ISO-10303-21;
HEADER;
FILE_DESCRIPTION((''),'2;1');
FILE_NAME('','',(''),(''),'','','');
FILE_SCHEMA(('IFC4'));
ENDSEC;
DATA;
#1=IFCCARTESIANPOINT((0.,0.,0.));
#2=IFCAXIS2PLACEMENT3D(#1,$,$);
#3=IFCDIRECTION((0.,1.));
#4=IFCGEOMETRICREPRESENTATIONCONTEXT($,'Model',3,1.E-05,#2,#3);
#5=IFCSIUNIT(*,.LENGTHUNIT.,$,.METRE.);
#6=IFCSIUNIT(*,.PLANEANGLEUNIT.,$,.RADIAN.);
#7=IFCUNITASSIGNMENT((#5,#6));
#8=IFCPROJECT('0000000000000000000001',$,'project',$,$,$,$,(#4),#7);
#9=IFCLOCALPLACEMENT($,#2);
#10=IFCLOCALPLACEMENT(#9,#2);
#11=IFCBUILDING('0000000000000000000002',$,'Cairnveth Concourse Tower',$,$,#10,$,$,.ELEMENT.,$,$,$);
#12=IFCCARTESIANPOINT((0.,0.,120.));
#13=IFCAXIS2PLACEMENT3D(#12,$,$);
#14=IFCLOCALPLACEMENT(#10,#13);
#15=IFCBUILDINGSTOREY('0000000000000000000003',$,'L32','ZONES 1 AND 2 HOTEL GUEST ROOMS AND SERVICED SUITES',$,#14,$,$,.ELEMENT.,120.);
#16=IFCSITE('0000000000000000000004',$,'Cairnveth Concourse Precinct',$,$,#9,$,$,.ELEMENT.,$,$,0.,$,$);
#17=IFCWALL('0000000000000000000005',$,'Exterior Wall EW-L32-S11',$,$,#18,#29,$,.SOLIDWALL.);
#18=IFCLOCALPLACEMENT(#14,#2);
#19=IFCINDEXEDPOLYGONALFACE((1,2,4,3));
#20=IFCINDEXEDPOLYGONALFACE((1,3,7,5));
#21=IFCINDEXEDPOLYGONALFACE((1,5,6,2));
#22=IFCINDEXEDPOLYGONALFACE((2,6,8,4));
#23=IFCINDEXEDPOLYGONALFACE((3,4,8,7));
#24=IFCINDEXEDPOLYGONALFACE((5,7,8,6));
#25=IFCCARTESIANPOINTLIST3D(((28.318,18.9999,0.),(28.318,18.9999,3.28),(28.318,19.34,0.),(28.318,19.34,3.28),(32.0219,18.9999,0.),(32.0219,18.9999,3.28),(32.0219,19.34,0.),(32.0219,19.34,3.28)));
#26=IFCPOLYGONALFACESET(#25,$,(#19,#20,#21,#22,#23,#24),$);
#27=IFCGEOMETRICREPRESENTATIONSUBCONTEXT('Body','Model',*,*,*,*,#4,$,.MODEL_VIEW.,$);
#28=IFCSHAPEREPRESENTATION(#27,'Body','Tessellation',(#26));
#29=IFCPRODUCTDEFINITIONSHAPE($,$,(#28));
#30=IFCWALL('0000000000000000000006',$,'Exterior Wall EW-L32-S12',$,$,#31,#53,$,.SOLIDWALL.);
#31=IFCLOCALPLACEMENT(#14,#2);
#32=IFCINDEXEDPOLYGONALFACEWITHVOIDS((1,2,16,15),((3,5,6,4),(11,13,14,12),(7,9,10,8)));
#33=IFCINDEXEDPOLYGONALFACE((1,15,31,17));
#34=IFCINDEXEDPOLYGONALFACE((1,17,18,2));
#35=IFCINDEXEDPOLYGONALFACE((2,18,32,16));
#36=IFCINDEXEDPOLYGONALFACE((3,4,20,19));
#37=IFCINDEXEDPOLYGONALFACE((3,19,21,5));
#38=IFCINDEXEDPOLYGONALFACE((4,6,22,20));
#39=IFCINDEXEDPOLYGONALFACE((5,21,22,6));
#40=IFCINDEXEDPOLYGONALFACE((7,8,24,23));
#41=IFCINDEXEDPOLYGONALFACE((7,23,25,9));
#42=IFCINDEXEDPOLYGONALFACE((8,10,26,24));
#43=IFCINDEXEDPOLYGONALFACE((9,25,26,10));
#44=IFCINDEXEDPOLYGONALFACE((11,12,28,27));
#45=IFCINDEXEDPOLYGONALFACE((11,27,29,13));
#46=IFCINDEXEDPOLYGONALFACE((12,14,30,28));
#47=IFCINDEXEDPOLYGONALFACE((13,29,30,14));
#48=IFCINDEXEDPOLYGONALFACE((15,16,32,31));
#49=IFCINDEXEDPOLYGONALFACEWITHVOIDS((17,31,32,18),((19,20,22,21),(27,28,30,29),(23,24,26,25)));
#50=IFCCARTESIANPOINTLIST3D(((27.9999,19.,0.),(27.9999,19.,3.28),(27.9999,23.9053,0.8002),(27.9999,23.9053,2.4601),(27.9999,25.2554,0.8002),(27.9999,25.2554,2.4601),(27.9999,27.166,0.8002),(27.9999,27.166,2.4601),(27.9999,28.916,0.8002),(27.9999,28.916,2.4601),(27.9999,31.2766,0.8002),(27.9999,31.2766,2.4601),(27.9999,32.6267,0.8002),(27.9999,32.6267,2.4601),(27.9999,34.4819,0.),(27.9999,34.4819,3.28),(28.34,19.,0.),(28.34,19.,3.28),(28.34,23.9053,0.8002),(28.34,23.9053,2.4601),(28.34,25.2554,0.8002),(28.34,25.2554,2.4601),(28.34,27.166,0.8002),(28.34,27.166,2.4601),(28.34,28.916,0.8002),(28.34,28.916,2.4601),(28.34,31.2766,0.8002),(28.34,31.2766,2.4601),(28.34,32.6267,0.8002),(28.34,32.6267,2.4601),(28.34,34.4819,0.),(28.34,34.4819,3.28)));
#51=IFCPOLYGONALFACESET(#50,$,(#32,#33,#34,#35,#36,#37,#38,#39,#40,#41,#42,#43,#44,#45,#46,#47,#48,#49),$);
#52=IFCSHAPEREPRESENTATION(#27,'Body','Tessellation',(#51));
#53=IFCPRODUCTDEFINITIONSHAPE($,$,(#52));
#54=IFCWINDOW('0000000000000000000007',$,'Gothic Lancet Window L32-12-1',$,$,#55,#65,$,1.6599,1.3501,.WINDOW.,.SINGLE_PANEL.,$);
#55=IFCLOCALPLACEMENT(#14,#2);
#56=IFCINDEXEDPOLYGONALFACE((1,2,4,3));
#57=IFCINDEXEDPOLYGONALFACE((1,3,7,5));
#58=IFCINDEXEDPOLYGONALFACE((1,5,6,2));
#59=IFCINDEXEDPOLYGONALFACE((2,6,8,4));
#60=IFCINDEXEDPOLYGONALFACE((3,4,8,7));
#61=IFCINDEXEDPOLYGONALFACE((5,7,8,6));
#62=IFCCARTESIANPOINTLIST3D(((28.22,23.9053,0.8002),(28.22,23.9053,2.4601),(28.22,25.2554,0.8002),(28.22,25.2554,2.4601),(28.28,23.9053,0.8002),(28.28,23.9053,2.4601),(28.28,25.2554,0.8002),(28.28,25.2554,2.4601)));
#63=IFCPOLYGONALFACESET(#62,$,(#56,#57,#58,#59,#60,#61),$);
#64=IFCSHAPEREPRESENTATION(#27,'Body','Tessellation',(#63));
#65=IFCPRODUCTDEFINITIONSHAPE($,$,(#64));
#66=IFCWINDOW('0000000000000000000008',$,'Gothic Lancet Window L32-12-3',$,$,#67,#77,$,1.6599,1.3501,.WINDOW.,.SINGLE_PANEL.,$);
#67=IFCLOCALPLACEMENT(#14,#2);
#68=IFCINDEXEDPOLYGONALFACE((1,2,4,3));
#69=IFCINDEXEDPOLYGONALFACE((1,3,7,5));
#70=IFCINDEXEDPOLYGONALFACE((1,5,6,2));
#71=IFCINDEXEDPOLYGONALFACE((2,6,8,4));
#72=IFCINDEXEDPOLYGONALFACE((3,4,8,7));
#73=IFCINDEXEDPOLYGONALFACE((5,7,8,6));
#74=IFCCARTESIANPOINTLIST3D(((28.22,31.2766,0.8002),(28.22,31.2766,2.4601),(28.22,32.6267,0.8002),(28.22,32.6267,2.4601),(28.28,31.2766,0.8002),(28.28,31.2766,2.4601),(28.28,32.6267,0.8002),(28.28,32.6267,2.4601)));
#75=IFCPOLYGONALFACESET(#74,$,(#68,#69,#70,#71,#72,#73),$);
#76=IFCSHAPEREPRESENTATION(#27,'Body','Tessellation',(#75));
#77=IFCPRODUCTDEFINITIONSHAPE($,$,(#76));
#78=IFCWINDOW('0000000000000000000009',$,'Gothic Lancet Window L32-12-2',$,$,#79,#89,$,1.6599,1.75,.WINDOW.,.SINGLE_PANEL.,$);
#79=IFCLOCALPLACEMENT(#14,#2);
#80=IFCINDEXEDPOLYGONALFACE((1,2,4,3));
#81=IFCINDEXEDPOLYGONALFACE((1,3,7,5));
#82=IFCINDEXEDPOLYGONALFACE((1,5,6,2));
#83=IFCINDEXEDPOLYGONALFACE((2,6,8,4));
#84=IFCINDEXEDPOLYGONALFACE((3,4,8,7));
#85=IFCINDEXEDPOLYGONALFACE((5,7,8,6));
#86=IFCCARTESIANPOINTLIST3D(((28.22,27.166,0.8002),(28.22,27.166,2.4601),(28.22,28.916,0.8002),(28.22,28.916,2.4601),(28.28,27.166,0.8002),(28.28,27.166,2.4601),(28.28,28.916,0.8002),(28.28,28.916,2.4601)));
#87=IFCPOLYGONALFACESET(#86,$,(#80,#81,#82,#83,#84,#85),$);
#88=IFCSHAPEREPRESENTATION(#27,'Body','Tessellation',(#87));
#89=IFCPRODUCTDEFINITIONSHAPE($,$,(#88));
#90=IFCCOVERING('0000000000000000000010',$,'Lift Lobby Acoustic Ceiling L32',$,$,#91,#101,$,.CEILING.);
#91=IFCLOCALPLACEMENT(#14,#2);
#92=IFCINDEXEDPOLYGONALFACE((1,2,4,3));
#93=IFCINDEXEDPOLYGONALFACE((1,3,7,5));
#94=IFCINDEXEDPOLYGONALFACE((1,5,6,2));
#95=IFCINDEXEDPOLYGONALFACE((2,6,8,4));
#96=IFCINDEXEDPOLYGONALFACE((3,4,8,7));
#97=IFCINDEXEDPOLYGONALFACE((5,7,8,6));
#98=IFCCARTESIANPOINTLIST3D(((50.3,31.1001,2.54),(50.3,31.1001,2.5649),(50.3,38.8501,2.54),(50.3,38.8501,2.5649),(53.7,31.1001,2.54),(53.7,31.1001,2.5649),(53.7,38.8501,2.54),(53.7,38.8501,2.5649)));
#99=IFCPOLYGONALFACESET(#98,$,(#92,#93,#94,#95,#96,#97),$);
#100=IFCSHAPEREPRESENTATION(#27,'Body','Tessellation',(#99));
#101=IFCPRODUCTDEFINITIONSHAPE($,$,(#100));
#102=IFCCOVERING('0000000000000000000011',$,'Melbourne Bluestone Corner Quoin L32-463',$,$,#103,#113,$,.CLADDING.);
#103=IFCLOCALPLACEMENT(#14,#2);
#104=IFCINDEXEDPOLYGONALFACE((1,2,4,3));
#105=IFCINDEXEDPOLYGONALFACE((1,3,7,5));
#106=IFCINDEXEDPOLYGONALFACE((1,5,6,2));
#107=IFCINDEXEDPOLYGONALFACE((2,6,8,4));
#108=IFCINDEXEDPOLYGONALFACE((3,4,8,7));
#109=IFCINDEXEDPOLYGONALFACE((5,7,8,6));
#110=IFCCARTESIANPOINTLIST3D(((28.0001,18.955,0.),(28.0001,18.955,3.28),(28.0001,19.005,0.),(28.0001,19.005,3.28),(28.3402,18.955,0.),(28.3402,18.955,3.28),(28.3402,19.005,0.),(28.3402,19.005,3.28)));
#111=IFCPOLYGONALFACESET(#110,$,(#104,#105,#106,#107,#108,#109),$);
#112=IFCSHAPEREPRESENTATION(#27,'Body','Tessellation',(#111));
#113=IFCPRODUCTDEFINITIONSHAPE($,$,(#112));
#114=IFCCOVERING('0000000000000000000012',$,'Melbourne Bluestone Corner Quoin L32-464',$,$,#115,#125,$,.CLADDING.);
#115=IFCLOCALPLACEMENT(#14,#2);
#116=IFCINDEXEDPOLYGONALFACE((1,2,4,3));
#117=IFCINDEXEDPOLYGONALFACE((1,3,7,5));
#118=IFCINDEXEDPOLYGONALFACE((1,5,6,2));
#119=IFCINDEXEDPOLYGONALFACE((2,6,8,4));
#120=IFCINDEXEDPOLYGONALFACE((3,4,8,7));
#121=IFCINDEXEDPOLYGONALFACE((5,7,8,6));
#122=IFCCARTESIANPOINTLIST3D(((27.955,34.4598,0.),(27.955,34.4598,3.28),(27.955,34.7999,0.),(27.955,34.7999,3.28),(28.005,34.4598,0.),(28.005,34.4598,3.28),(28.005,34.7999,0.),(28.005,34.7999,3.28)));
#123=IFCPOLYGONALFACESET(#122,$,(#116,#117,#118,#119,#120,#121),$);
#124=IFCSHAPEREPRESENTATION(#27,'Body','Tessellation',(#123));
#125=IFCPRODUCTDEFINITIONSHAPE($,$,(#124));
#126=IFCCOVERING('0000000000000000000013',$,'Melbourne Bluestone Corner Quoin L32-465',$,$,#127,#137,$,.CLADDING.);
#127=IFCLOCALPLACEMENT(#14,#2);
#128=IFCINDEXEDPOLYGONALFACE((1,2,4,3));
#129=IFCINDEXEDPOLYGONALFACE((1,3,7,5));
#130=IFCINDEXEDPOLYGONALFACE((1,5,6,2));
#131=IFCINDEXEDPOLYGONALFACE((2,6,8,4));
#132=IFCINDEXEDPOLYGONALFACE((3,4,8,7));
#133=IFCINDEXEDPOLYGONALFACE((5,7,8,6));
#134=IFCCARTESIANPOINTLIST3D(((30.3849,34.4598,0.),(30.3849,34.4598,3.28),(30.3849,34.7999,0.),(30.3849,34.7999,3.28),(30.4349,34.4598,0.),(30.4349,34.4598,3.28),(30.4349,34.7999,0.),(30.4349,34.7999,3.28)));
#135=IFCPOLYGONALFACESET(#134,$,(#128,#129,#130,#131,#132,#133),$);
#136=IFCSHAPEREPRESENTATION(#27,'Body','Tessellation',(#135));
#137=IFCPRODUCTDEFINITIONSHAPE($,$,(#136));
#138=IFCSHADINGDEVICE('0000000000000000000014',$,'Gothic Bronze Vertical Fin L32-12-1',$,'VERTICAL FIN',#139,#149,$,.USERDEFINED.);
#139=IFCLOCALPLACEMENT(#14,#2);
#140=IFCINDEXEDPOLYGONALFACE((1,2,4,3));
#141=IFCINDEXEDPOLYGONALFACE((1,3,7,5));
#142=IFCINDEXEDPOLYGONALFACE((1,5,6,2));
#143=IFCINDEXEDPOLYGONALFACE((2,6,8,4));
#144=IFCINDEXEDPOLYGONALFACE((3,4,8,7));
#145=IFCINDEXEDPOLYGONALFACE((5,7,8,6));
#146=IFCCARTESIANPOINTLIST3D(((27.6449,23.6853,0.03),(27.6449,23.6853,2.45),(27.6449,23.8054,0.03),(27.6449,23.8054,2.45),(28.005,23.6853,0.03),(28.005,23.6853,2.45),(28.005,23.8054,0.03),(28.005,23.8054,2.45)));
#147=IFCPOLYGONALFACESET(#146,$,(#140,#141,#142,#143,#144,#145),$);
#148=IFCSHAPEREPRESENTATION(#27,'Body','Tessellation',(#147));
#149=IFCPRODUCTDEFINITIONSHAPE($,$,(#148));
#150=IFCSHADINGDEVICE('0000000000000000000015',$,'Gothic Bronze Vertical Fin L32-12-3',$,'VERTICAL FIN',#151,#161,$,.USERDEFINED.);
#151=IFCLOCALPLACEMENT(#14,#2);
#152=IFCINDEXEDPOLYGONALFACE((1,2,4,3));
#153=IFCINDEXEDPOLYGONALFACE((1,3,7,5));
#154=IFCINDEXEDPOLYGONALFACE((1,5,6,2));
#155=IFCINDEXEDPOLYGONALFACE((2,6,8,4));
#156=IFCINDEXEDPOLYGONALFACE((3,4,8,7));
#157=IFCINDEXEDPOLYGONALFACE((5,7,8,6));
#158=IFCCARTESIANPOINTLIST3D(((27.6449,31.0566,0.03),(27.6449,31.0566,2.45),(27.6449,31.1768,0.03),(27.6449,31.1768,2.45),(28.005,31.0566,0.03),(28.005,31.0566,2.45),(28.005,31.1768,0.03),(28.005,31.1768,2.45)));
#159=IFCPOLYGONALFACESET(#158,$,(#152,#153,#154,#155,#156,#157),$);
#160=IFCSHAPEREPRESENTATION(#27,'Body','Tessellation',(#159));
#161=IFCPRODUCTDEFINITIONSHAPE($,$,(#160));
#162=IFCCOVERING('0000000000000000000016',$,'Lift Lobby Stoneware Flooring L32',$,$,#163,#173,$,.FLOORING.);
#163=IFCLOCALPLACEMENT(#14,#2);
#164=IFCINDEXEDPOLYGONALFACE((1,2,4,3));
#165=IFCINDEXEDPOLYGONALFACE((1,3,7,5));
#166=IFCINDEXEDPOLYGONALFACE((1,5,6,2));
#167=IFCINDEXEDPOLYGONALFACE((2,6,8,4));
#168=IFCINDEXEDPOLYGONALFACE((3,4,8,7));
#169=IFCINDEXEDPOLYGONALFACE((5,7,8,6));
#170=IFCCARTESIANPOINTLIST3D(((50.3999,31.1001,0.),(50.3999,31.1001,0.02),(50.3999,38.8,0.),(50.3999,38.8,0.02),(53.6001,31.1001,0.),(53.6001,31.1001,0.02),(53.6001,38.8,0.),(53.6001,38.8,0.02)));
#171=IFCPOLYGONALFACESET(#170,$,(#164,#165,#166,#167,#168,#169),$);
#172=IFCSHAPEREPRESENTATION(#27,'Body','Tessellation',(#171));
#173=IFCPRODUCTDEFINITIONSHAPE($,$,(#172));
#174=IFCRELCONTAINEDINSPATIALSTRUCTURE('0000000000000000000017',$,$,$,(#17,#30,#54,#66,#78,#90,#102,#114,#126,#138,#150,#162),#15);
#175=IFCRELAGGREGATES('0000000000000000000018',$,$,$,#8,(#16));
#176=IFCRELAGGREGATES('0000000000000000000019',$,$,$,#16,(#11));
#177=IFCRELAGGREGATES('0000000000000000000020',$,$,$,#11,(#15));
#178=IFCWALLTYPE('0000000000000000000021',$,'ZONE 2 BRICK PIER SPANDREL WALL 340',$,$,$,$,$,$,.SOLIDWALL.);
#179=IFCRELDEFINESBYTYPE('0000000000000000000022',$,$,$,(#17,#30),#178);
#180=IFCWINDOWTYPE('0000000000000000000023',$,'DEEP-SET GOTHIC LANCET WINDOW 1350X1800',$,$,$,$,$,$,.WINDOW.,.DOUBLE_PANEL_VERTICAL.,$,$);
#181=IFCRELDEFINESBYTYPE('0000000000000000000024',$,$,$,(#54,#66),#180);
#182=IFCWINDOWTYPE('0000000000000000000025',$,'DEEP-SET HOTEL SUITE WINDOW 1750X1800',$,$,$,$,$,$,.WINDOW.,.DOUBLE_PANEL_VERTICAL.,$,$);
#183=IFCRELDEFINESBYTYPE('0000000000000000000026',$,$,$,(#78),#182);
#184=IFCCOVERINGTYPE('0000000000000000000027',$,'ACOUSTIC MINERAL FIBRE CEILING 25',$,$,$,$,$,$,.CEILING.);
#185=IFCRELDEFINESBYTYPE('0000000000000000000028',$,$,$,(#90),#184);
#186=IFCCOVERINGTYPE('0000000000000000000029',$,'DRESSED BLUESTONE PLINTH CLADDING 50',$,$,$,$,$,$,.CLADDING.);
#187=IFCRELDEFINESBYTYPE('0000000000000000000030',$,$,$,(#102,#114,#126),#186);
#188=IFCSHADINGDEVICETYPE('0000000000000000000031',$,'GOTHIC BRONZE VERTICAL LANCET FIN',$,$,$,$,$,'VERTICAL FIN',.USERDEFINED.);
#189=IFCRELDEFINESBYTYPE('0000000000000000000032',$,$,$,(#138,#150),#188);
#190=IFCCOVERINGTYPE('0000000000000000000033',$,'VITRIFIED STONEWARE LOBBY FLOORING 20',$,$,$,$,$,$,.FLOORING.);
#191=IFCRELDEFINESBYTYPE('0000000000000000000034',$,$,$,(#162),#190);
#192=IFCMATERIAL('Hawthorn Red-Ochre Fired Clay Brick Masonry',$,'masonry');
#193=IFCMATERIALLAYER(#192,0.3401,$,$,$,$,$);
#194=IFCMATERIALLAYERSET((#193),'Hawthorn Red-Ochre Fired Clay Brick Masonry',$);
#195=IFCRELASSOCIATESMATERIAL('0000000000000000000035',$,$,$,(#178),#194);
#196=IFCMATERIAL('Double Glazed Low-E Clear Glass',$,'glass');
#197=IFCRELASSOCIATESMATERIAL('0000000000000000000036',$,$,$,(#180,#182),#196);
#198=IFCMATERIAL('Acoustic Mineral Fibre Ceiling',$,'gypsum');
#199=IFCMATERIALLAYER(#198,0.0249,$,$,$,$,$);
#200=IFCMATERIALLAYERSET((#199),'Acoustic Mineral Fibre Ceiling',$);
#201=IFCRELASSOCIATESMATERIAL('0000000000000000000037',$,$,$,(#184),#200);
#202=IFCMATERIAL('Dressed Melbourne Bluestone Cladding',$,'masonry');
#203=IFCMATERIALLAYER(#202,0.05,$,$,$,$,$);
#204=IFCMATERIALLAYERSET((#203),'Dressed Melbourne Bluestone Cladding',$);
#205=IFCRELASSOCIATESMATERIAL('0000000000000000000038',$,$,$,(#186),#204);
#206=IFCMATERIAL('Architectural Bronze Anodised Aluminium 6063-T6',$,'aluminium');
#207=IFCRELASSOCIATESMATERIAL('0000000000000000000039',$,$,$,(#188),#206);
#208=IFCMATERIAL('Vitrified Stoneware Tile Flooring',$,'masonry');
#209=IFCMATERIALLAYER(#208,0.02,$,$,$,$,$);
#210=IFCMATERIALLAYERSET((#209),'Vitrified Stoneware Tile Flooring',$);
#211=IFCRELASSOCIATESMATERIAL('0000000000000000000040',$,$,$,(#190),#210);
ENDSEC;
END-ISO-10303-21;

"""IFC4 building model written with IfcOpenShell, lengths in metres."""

from ifc_helpers import new_model, si_unit, direction, frame, frame_2d, origin, origin_2d, place, context, subcontext, project, spatial, polyline, rectangle, outline, extrude, material, layer, layer_set, type_object, element, fill, save


model = new_model("IFC4")

# Units and contexts
model_context = context("Model", 3, precision=1e-05, world=origin(), true_north=direction((0.0, 1.0)))
body_context = subcontext(model_context, "Body", "Model", "MODEL_VIEW")
ifc_project = project(units=[si_unit("LENGTHUNIT", "METRE"), si_unit("PLANEANGLEUNIT", "RADIAN")], contexts=[model_context])

# Site, building, storey
site_placement = place(None, origin())
site = spatial("IfcSite", under=ifc_project, at=site_placement, Name="Cairnveth Concourse Precinct", CompositionType="ELEMENT", RefElevation=0.0)
building_placement = place(site_placement, origin())
building = spatial("IfcBuilding", under=site, at=building_placement, Name="Cairnveth Concourse Tower", CompositionType="ELEMENT")
storey_placement = place(building_placement, frame((0.0, 0.0, 120.0)))
storey = spatial("IfcBuildingStorey", under=building, at=storey_placement, Name="L32", Description="ZONES 1 AND 2 HOTEL GUEST ROOMS AND SERVICED SUITES", CompositionType="ELEMENT", Elevation=120.0)

# Wall
ifc_material_1 = material(Name="Hawthorn Red-Ochre Fired Clay Brick Masonry", Category="masonry")
ifc_layer_1 = layer(ifc_material_1, 0.3401)
ifc_layer_set_1 = layer_set([ifc_layer_1], Name="Hawthorn Red-Ochre Fired Clay Brick Masonry")
wall_type_1 = type_object("IfcWallType", Name="ZONE 2 BRICK PIER SPANDREL WALL 340", PredefinedType="SOLIDWALL", material=ifc_layer_set_1)
wall_1_placement = place(storey_placement, frame((32.022, 19.1699, 0.0), z_axis=(0.0, 0.0, 1.0), x_axis=(-1.0, 0.0, 0.0)))
element("IfcWall", 1, at=wall_1_placement, inside=storey, type_object=wall_type_1, Name="Exterior Wall EW-L32-S11", PredefinedType="SOLIDWALL", context=body_context, shape_type="SweptSolid", body=[
    extrude(rectangle(XDim=3.7039, YDim=0.3401, at=frame_2d((1.8521, 0.0))), origin(), (0.0, 0.0, 1.0), 3.28),
])

# Wall, openings, windows
wall_2_placement = place(storey_placement, frame((28.1699, 19.0, 0.0), z_axis=(0.0, 0.0, 1.0), x_axis=(0.0, 1.0, 0.0)))
wall_2 = element("IfcWall", 2, at=wall_2_placement, inside=storey, type_object=wall_type_1, Name="Exterior Wall EW-L32-S12", PredefinedType="SOLIDWALL", context=body_context, shape_type="SweptSolid", body=[
    extrude(rectangle(XDim=15.4819, YDim=0.3401, at=frame_2d((7.741, 0.0))), origin(), (0.0, 0.0, 1.0), 3.28),
])
opening_1_placement = place(wall_2_placement, frame((4.9053, 0.0, 0.8)))
opening_1 = element("IfcOpeningElement", 3, at=opening_1_placement, cuts=wall_2, PredefinedType="OPENING", context=body_context, shape_type="SweptSolid", body=[
    extrude(rectangle(XDim=1.3501, YDim=1.6599, at=frame_2d((0.675, 0.8301))), frame((0.0, 0.1799, 0.0), z_axis=(0.0, -1.0, 0.0), x_axis=(1.0, 0.0, 0.0)), (0.0, 0.0, 1.0), 0.3601),
])
opening_2_placement = place(wall_2_placement, frame((8.166, 0.0, 0.8)))
opening_2 = element("IfcOpeningElement", 4, at=opening_2_placement, cuts=wall_2, PredefinedType="OPENING", context=body_context, shape_type="SweptSolid", body=[
    extrude(rectangle(XDim=1.75, YDim=1.6599, at=frame_2d((0.875, 0.8301))), frame((0.0, 0.1799, 0.0), z_axis=(0.0, -1.0, 0.0), x_axis=(1.0, 0.0, 0.0)), (0.0, 0.0, 1.0), 0.3601),
])
opening_3_placement = place(wall_2_placement, frame((12.2766, 0.0, 0.8)))
opening_3 = element("IfcOpeningElement", 5, at=opening_3_placement, cuts=wall_2, PredefinedType="OPENING", context=body_context, shape_type="SweptSolid", body=[
    extrude(rectangle(XDim=1.3501, YDim=1.6599, at=frame_2d((0.675, 0.8301))), frame((0.0, 0.1799, 0.0), z_axis=(0.0, -1.0, 0.0), x_axis=(1.0, 0.0, 0.0)), (0.0, 0.0, 1.0), 0.3601),
])
ifc_material_2 = material(Name="Double Glazed Low-E Clear Glass", Category="glass")
window_type_1 = type_object("IfcWindowType", Name="DEEP-SET GOTHIC LANCET WINDOW 1350X1800", PartitioningType="DOUBLE_PANEL_VERTICAL", PredefinedType="WINDOW", material=ifc_material_2)
window_1_placement = place(opening_1_placement, origin())
window_1 = element("IfcWindow", 6, at=window_1_placement, inside=storey, type_object=window_type_1, Name="Gothic Lancet Window L32-12-1", OverallHeight=1.6599, OverallWidth=1.3501, PartitioningType="SINGLE_PANEL", PredefinedType="WINDOW", context=body_context, shape_type="SweptSolid", body=[
    extrude(rectangle(XDim=1.3501, YDim=1.6599, at=frame_2d((0.675, 0.8301))), frame((0.0, -0.05, 0.0), z_axis=(0.0, -1.0, 0.0), x_axis=(1.0, 0.0, 0.0)), (0.0, 0.0, 1.0), 0.0601),
])
fill(opening_1, window_1)
window_2_placement = place(opening_3_placement, origin())
window_2 = element("IfcWindow", 7, at=window_2_placement, inside=storey, type_object=window_type_1, Name="Gothic Lancet Window L32-12-3", OverallHeight=1.6599, OverallWidth=1.3501, PartitioningType="SINGLE_PANEL", PredefinedType="WINDOW", context=body_context, shape_type="SweptSolid", body=[
    extrude(rectangle(XDim=1.3501, YDim=1.6599, at=frame_2d((0.675, 0.8301))), frame((0.0, -0.05, 0.0), z_axis=(0.0, -1.0, 0.0), x_axis=(1.0, 0.0, 0.0)), (0.0, 0.0, 1.0), 0.0601),
])
fill(opening_3, window_2)
window_type_2 = type_object("IfcWindowType", Name="DEEP-SET HOTEL SUITE WINDOW 1750X1800", PartitioningType="DOUBLE_PANEL_VERTICAL", PredefinedType="WINDOW", material=ifc_material_2)
window_3_placement = place(opening_2_placement, origin())
window_3 = element("IfcWindow", 8, at=window_3_placement, inside=storey, type_object=window_type_2, Name="Gothic Lancet Window L32-12-2", OverallHeight=1.6599, OverallWidth=1.75, PartitioningType="SINGLE_PANEL", PredefinedType="WINDOW", context=body_context, shape_type="SweptSolid", body=[
    extrude(rectangle(XDim=1.75, YDim=1.6599, at=frame_2d((0.875, 0.8301))), frame((0.0, -0.05, 0.0), z_axis=(0.0, -1.0, 0.0), x_axis=(1.0, 0.0, 0.0)), (0.0, 0.0, 1.0), 0.0601),
])
fill(opening_2, window_3)

# Coverings
ifc_material_3 = material(Name="Acoustic Mineral Fibre Ceiling", Category="gypsum")
ifc_layer_2 = layer(ifc_material_3, 0.0249)
ifc_layer_set_2 = layer_set([ifc_layer_2], Name="Acoustic Mineral Fibre Ceiling")
covering_type_1 = type_object("IfcCoveringType", Name="ACOUSTIC MINERAL FIBRE CEILING 25", PredefinedType="CEILING", material=ifc_layer_set_2)
covering_1_placement = place(storey_placement, frame((0.0, 0.0, 2.54)))
element("IfcCovering", 9, at=covering_1_placement, inside=storey, type_object=covering_type_1, Name="Lift Lobby Acoustic Ceiling L32", PredefinedType="CEILING", context=body_context, shape_type="SweptSolid", body=[
    extrude(outline(polyline([(50.3, 31.1001), (53.7, 31.1001), (53.7, 38.8501), (50.3, 38.8501), (50.3, 31.1001)])), origin(), (0.0, 0.0, 1.0), 0.0249),
])
ifc_material_4 = material(Name="Dressed Melbourne Bluestone Cladding", Category="masonry")
ifc_layer_3 = layer(ifc_material_4, 0.05)
ifc_layer_set_3 = layer_set([ifc_layer_3], Name="Dressed Melbourne Bluestone Cladding")
covering_type_2 = type_object("IfcCoveringType", Name="DRESSED BLUESTONE PLINTH CLADDING 50", PredefinedType="CLADDING", material=ifc_layer_set_3)
for number, where, z_axis, x_axis, name in (
    (10, (28.3401, 18.98, 0.0), (0.0, 0.0, 1.0), (-1.0, 0.0, 0.0), "Melbourne Bluestone Corner Quoin L32-463"),
    (11, (27.98, 34.46, 0.0), (0.0, 0.0, 1.0), (0.0, 1.0, 0.0), "Melbourne Bluestone Corner Quoin L32-464"),
    (12, (30.4099, 34.46, 0.0), (0.0, 0.0, 1.0), (0.0, 1.0, 0.0), "Melbourne Bluestone Corner Quoin L32-465"),
):
    element("IfcCovering", number, at=place(storey_placement, frame(where, z_axis=z_axis, x_axis=x_axis)), inside=storey, type_object=covering_type_2, Name=name, PredefinedType="CLADDING", context=body_context, shape_type="SweptSolid", body=[
        extrude(rectangle(XDim=0.3401, YDim=0.05, at=frame_2d((0.1699, 0.0))), origin(), (0.0, 0.0, 1.0), 3.28),
    ])

# Shading devices
ifc_material_5 = material(Name="Architectural Bronze Anodised Aluminium 6063-T6", Category="aluminium")
shading_device_type = type_object("IfcShadingDeviceType", Name="GOTHIC BRONZE VERTICAL LANCET FIN", ElementType="VERTICAL FIN", PredefinedType="USERDEFINED", material=ifc_material_5)
for number, where, z_axis, x_axis, name in (
    (13, (27.825, 23.7454, 0.03), (0.0, 0.0, 1.0), (0.0, 1.0, 0.0), "Gothic Bronze Vertical Fin L32-12-1"),
    (14, (27.825, 31.1167, 0.03), (0.0, 0.0, 1.0), (0.0, 1.0, 0.0), "Gothic Bronze Vertical Fin L32-12-3"),
):
    element("IfcShadingDevice", number, at=place(storey_placement, frame(where, z_axis=z_axis, x_axis=x_axis)), inside=storey, type_object=shading_device_type, Name=name, ObjectType="VERTICAL FIN", PredefinedType="USERDEFINED", context=body_context, shape_type="SweptSolid", body=[
        extrude(rectangle(XDim=0.1201, YDim=0.3601, at=origin_2d()), origin(), (0.0, 0.0, 1.0), 2.4199),
    ])

# Covering
ifc_material_6 = material(Name="Vitrified Stoneware Tile Flooring", Category="masonry")
ifc_layer_4 = layer(ifc_material_6, 0.02)
ifc_layer_set_4 = layer_set([ifc_layer_4], Name="Vitrified Stoneware Tile Flooring")
covering_type_3 = type_object("IfcCoveringType", Name="VITRIFIED STONEWARE LOBBY FLOORING 20", PredefinedType="FLOORING", material=ifc_layer_set_4)
covering_2_placement = place(storey_placement, origin())
element("IfcCovering", 15, at=covering_2_placement, inside=storey, type_object=covering_type_3, Name="Lift Lobby Stoneware Flooring L32", PredefinedType="FLOORING", context=body_context, shape_type="SweptSolid", body=[
    extrude(outline(polyline([(50.3999, 31.1001), (53.6001, 31.1001), (53.6001, 38.8), (50.3999, 38.8), (50.3999, 31.1001)])), origin(), (0.0, 0.0, 1.0), 0.02),
])

save(model, "model.ifc")
